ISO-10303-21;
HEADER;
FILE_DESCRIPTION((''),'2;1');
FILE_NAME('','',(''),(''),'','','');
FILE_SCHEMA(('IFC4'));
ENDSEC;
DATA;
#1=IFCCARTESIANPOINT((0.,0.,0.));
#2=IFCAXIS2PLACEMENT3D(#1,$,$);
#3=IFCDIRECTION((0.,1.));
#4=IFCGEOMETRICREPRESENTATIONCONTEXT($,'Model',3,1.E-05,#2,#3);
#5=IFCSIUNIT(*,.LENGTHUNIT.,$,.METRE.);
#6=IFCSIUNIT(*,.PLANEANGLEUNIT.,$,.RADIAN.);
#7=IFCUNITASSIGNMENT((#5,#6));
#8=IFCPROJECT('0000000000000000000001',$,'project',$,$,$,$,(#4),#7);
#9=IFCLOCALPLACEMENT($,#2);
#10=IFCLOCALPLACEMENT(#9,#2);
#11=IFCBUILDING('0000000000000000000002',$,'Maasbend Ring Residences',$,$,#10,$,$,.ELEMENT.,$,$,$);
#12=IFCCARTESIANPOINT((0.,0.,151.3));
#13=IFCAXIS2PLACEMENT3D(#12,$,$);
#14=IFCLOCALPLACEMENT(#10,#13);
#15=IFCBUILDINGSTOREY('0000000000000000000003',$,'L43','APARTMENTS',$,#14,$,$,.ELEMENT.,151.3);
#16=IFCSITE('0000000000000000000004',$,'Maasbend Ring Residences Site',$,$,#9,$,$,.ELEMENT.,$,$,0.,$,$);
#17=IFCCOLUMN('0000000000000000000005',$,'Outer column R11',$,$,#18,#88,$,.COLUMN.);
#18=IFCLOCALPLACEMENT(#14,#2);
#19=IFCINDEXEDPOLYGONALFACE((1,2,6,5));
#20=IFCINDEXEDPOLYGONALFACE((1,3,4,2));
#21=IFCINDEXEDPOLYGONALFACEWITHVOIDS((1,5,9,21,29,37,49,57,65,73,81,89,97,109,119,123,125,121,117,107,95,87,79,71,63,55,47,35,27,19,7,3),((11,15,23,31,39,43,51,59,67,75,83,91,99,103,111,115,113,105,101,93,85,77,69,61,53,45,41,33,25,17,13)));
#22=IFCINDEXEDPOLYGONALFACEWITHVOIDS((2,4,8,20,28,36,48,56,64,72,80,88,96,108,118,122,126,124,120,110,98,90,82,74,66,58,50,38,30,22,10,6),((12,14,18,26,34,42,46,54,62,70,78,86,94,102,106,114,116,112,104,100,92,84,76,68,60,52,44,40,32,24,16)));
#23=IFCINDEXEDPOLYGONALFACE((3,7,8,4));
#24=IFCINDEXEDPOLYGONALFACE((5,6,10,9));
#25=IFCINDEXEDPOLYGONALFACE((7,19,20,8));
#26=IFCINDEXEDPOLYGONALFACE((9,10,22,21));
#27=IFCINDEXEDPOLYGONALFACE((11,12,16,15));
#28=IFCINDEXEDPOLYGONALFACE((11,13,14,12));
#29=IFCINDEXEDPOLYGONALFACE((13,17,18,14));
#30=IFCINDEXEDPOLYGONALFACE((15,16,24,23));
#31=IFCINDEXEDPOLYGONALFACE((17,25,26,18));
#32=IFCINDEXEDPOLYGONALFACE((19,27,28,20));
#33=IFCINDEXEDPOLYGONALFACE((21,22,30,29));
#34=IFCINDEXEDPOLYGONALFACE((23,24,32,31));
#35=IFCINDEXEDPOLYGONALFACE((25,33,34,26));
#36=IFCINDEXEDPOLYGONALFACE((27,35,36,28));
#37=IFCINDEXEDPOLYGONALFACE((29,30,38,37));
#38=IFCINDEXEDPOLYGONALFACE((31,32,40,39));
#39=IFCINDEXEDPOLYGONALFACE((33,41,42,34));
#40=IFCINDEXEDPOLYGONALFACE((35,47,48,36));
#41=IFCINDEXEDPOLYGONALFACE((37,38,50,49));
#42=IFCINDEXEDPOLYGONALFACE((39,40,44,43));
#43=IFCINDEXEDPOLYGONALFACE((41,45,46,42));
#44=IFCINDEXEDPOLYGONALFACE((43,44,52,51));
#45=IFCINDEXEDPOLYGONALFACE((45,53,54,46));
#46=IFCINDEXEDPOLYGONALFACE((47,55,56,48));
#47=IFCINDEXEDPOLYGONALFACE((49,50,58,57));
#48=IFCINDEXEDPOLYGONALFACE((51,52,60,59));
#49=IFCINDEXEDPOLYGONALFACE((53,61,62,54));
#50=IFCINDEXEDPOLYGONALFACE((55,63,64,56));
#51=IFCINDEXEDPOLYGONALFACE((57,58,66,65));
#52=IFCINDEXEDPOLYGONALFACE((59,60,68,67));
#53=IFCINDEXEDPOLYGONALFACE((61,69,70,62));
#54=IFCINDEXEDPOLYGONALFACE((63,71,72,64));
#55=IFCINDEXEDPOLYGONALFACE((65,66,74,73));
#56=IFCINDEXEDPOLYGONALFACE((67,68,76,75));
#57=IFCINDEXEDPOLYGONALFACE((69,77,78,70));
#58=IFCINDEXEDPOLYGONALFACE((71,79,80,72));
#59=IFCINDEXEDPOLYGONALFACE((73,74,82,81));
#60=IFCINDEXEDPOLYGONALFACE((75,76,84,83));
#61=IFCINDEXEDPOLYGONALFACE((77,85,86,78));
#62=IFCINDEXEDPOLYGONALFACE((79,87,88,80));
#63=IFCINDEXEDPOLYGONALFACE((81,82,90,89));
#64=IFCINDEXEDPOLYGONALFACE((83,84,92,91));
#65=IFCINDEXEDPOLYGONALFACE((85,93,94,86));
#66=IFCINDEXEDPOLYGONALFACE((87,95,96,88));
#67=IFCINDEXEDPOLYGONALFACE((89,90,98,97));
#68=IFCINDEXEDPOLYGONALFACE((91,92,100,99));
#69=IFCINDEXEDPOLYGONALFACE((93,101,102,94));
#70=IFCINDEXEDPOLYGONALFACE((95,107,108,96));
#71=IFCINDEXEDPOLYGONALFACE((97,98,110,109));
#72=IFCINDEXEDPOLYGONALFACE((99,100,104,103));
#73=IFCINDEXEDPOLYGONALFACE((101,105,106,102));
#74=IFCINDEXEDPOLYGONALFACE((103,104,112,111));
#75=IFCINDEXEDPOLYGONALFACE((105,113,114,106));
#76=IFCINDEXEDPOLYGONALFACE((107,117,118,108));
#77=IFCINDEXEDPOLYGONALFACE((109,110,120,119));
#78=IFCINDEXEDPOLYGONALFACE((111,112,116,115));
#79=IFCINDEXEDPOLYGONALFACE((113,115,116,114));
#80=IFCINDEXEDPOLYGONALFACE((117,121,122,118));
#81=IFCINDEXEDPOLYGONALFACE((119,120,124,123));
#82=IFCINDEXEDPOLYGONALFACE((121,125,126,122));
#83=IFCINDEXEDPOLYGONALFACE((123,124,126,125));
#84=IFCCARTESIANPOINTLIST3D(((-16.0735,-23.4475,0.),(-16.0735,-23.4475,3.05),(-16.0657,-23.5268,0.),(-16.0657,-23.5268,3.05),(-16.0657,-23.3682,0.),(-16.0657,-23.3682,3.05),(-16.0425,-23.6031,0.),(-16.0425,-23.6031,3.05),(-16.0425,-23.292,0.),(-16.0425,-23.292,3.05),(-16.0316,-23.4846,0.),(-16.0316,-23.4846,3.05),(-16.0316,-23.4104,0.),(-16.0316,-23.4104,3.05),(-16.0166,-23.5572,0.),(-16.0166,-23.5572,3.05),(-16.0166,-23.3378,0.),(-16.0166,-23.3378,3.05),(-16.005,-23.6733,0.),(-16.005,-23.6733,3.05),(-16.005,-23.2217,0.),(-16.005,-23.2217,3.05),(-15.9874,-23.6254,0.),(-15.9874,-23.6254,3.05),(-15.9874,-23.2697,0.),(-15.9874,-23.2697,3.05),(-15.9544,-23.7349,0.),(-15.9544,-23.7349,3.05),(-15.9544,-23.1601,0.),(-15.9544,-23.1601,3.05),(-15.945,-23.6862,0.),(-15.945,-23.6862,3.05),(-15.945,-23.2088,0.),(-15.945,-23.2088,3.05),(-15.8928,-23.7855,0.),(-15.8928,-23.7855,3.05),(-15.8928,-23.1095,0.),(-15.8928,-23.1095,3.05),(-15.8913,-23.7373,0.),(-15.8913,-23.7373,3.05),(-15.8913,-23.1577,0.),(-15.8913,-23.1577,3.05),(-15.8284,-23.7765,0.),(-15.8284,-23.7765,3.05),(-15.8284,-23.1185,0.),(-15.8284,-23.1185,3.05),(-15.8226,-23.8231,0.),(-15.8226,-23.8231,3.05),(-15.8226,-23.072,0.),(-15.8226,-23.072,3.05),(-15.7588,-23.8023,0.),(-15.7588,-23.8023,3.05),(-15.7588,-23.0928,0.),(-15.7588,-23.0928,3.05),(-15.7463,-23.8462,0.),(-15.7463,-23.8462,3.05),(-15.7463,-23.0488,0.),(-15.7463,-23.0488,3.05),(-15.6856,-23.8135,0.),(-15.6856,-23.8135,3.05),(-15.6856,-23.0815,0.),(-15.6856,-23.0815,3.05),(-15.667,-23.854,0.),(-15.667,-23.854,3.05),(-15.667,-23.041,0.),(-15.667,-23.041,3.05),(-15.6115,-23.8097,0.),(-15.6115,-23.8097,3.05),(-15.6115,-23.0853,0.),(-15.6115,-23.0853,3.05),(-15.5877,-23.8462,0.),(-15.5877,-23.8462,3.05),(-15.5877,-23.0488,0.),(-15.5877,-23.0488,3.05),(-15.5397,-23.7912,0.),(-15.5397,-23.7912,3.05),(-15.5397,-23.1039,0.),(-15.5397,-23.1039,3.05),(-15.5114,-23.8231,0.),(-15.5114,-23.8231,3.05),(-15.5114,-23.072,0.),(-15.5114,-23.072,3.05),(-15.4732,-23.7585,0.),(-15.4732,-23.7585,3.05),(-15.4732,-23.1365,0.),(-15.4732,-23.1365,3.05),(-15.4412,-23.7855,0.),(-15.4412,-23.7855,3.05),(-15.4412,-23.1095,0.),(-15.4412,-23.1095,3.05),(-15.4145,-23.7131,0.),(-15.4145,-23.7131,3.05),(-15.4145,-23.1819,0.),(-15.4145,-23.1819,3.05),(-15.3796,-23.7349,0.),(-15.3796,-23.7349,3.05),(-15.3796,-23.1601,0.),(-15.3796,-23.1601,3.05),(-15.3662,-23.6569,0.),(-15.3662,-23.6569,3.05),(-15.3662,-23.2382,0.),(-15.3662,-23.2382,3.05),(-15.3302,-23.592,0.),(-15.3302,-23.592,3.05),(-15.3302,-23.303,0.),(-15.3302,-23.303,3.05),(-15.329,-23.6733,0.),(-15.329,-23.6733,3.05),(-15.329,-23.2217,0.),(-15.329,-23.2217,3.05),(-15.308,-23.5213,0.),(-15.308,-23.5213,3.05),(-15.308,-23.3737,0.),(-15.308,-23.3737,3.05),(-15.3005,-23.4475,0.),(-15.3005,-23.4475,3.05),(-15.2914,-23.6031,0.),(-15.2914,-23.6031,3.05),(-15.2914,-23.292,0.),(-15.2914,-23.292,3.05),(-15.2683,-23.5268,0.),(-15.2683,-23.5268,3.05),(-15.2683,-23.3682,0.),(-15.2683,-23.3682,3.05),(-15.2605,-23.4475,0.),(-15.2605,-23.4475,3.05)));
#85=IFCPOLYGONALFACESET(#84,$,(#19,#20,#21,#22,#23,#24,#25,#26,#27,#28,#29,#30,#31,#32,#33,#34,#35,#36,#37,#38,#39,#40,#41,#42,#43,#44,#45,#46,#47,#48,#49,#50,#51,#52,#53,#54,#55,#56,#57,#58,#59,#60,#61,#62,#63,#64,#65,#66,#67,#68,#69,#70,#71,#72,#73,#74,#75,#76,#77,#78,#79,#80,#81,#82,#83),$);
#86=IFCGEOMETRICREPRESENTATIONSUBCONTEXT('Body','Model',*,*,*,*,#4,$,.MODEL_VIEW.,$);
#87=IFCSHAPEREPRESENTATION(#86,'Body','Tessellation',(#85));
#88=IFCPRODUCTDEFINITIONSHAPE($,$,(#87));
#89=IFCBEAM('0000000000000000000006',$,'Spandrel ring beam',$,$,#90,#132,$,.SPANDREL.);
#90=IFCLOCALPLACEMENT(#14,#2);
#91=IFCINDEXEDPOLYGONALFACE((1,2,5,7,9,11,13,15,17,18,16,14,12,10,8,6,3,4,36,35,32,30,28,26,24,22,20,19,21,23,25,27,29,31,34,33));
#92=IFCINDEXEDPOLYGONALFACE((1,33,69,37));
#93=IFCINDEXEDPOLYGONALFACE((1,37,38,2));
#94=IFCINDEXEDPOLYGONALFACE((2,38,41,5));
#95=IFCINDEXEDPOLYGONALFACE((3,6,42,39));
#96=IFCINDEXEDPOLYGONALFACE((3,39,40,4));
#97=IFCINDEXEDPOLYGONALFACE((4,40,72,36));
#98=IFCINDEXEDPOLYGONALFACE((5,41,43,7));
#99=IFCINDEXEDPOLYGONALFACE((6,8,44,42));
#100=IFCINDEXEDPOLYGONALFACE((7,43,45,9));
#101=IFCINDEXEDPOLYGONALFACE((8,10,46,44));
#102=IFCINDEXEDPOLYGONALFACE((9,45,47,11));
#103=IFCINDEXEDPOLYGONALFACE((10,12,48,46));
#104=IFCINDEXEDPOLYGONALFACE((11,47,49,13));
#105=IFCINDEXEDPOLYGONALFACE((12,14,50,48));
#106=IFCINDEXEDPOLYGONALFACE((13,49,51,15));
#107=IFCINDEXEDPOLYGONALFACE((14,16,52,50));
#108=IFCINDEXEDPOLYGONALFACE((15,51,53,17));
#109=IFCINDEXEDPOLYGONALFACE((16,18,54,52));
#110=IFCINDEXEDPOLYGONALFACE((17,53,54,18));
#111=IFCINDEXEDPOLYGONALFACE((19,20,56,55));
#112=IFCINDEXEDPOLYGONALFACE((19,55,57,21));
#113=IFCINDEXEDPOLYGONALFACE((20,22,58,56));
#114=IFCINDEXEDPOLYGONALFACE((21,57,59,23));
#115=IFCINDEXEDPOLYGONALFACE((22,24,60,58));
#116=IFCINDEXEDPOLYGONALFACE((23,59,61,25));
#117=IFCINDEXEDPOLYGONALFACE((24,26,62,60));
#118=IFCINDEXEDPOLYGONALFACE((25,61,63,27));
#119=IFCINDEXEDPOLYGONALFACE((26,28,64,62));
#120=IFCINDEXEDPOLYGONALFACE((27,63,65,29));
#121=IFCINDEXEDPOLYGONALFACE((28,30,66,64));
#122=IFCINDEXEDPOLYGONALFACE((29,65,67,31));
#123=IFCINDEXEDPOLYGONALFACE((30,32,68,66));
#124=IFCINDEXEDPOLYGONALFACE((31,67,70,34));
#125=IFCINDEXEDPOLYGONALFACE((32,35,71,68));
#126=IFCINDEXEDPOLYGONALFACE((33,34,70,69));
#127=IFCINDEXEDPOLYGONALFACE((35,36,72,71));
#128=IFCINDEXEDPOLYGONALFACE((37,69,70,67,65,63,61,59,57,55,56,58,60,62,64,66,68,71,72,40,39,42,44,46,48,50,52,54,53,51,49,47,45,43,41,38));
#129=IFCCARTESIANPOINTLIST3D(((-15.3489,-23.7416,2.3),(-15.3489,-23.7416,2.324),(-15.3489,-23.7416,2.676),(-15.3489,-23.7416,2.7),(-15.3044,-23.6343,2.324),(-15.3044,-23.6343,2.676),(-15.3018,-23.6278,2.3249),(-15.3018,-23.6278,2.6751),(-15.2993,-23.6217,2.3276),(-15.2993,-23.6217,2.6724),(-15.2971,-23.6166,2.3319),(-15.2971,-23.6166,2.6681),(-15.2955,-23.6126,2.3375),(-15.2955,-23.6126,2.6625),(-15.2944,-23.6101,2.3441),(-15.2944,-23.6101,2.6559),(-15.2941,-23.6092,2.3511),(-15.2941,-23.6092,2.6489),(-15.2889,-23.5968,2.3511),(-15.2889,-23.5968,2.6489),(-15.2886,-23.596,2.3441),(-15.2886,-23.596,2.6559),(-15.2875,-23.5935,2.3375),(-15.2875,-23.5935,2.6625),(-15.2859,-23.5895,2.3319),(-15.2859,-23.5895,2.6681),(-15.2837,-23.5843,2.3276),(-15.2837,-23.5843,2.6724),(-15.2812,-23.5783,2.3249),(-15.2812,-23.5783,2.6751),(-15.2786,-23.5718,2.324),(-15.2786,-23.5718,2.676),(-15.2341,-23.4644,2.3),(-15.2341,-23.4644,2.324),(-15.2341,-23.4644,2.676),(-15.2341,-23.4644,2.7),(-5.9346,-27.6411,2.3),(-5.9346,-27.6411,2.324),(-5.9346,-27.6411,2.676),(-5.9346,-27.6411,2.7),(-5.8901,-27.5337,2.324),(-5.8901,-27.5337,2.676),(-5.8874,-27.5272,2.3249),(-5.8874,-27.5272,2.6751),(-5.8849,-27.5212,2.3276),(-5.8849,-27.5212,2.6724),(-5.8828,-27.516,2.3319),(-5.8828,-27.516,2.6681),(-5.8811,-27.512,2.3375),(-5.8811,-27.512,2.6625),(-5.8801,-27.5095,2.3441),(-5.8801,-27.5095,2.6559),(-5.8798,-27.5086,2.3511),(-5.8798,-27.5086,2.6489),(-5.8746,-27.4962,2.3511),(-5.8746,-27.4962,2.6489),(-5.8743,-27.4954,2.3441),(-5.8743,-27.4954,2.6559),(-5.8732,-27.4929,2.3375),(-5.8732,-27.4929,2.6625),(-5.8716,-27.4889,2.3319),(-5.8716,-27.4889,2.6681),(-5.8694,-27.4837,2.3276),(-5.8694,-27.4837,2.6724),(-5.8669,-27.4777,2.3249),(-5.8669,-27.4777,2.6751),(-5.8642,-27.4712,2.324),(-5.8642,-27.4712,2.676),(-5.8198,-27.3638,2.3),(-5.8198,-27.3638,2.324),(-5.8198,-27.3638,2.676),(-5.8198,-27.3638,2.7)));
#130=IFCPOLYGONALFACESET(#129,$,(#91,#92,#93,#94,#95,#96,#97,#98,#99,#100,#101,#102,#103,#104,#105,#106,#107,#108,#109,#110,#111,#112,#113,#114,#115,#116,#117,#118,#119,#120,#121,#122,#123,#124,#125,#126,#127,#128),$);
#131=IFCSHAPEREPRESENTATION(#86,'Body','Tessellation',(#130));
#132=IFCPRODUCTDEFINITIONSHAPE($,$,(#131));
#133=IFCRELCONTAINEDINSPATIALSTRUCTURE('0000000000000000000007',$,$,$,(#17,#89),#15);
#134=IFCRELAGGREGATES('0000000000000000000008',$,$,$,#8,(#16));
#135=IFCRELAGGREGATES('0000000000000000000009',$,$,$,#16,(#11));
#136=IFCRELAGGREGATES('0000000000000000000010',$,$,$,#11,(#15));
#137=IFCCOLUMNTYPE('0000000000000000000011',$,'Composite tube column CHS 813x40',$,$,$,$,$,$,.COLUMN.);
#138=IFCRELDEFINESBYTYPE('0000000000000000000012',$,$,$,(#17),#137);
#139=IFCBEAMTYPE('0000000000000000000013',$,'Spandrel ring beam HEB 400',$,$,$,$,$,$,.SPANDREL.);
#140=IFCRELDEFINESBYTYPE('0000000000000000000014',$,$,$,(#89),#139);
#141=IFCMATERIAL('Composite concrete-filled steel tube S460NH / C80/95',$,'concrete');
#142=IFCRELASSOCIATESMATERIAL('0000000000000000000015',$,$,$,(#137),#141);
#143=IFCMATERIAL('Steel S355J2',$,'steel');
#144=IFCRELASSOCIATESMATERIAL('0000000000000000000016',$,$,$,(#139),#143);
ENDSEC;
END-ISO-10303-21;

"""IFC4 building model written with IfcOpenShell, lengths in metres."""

from ifc_helpers import new_model, si_unit, direction, frame, origin, origin_2d, place, context, subcontext, project, spatial, hollow_circle, i_section, extrude, material, material_profile, profile_set, type_object, element, save


model = new_model("IFC4")

# Units and contexts
model_context = context("Model", 3, precision=1e-05, world=origin(), true_north=direction((0.0, 1.0)))
body_context = subcontext(model_context, "Body", "Model", "MODEL_VIEW")
ifc_project = project(units=[si_unit("LENGTHUNIT", "METRE"), si_unit("PLANEANGLEUNIT", "RADIAN")], contexts=[model_context])

# Site, building, storey
site_placement = place(None, origin())
site = spatial("IfcSite", under=ifc_project, at=site_placement, Name="Maasbend Ring Residences Site", CompositionType="ELEMENT", RefElevation=0.0)
building_placement = place(site_placement, origin())
building = spatial("IfcBuilding", under=site, at=building_placement, Name="Maasbend Ring Residences", CompositionType="ELEMENT")
storey_placement = place(building_placement, frame((0.0, 0.0, 151.3)))
storey = spatial("IfcBuildingStorey", under=building, at=storey_placement, Name="L43", Description="APARTMENTS", CompositionType="ELEMENT", Elevation=151.3)

# Column
ifc_material_1 = material(Name="Composite concrete-filled steel tube S460NH / C80/95", Category="concrete")
ifc_material_profile_1 = material_profile(ifc_material_1, hollow_circle(Radius=0.4065, WallThickness=0.04, at=origin_2d()), Name="Composite tube column CHS 813x40")
ifc_profile_set_1 = profile_set([ifc_material_profile_1], Name="Composite concrete-filled steel tube S460NH / C80/95")
column_type = type_object("IfcColumnType", Name="Composite tube column CHS 813x40", PredefinedType="COLUMN", material=ifc_profile_set_1)
column_placement = place(storey_placement, frame((-15.667, -23.4475, 0.0), z_axis=(0.0, 0.0, 1.0), x_axis=(1.0, 0.0, 0.0)))
element("IfcColumn", 1, at=column_placement, inside=storey, type_object=column_type, Name="Outer column R11", PredefinedType="COLUMN", context=body_context, shape_type="SweptSolid", body=[
    extrude(hollow_circle(Radius=0.4065, WallThickness=0.04, at=origin_2d()), origin(), (0.0, 0.0, 1.0), 3.05),
])

# Beam
ifc_material_2 = material(Name="Steel S355J2", Category="steel")
ifc_material_profile_2 = material_profile(ifc_material_2, i_section(OverallWidth=0.3, OverallDepth=0.3999, WebThickness=0.0134, FlangeThickness=0.0239, FilletRadius=0.0271, at=origin_2d()), Name="HEB 400")
ifc_profile_set_2 = profile_set([ifc_material_profile_2], Name="Steel S355J2")
beam_type = type_object("IfcBeamType", Name="Spandrel ring beam HEB 400", PredefinedType="SPANDREL", material=ifc_profile_set_2)
beam_placement = place(storey_placement, frame((-15.2915, -23.603, 2.5), z_axis=(0.923884, -0.382673, 0.0), x_axis=(0.382673, 0.923884, 0.0)))
element("IfcBeam", 2, at=beam_placement, inside=storey, type_object=beam_type, Name="Spandrel ring beam", PredefinedType="SPANDREL", context=body_context, shape_type="SweptSolid", body=[
    extrude(i_section(OverallWidth=0.3, OverallDepth=0.3999, WebThickness=0.0134, FlangeThickness=0.0239, FilletRadius=0.0271, at=origin_2d()), origin(), (0.0, 0.0, 1.0), 10.1899),
])

save(model, "model.ifc")
